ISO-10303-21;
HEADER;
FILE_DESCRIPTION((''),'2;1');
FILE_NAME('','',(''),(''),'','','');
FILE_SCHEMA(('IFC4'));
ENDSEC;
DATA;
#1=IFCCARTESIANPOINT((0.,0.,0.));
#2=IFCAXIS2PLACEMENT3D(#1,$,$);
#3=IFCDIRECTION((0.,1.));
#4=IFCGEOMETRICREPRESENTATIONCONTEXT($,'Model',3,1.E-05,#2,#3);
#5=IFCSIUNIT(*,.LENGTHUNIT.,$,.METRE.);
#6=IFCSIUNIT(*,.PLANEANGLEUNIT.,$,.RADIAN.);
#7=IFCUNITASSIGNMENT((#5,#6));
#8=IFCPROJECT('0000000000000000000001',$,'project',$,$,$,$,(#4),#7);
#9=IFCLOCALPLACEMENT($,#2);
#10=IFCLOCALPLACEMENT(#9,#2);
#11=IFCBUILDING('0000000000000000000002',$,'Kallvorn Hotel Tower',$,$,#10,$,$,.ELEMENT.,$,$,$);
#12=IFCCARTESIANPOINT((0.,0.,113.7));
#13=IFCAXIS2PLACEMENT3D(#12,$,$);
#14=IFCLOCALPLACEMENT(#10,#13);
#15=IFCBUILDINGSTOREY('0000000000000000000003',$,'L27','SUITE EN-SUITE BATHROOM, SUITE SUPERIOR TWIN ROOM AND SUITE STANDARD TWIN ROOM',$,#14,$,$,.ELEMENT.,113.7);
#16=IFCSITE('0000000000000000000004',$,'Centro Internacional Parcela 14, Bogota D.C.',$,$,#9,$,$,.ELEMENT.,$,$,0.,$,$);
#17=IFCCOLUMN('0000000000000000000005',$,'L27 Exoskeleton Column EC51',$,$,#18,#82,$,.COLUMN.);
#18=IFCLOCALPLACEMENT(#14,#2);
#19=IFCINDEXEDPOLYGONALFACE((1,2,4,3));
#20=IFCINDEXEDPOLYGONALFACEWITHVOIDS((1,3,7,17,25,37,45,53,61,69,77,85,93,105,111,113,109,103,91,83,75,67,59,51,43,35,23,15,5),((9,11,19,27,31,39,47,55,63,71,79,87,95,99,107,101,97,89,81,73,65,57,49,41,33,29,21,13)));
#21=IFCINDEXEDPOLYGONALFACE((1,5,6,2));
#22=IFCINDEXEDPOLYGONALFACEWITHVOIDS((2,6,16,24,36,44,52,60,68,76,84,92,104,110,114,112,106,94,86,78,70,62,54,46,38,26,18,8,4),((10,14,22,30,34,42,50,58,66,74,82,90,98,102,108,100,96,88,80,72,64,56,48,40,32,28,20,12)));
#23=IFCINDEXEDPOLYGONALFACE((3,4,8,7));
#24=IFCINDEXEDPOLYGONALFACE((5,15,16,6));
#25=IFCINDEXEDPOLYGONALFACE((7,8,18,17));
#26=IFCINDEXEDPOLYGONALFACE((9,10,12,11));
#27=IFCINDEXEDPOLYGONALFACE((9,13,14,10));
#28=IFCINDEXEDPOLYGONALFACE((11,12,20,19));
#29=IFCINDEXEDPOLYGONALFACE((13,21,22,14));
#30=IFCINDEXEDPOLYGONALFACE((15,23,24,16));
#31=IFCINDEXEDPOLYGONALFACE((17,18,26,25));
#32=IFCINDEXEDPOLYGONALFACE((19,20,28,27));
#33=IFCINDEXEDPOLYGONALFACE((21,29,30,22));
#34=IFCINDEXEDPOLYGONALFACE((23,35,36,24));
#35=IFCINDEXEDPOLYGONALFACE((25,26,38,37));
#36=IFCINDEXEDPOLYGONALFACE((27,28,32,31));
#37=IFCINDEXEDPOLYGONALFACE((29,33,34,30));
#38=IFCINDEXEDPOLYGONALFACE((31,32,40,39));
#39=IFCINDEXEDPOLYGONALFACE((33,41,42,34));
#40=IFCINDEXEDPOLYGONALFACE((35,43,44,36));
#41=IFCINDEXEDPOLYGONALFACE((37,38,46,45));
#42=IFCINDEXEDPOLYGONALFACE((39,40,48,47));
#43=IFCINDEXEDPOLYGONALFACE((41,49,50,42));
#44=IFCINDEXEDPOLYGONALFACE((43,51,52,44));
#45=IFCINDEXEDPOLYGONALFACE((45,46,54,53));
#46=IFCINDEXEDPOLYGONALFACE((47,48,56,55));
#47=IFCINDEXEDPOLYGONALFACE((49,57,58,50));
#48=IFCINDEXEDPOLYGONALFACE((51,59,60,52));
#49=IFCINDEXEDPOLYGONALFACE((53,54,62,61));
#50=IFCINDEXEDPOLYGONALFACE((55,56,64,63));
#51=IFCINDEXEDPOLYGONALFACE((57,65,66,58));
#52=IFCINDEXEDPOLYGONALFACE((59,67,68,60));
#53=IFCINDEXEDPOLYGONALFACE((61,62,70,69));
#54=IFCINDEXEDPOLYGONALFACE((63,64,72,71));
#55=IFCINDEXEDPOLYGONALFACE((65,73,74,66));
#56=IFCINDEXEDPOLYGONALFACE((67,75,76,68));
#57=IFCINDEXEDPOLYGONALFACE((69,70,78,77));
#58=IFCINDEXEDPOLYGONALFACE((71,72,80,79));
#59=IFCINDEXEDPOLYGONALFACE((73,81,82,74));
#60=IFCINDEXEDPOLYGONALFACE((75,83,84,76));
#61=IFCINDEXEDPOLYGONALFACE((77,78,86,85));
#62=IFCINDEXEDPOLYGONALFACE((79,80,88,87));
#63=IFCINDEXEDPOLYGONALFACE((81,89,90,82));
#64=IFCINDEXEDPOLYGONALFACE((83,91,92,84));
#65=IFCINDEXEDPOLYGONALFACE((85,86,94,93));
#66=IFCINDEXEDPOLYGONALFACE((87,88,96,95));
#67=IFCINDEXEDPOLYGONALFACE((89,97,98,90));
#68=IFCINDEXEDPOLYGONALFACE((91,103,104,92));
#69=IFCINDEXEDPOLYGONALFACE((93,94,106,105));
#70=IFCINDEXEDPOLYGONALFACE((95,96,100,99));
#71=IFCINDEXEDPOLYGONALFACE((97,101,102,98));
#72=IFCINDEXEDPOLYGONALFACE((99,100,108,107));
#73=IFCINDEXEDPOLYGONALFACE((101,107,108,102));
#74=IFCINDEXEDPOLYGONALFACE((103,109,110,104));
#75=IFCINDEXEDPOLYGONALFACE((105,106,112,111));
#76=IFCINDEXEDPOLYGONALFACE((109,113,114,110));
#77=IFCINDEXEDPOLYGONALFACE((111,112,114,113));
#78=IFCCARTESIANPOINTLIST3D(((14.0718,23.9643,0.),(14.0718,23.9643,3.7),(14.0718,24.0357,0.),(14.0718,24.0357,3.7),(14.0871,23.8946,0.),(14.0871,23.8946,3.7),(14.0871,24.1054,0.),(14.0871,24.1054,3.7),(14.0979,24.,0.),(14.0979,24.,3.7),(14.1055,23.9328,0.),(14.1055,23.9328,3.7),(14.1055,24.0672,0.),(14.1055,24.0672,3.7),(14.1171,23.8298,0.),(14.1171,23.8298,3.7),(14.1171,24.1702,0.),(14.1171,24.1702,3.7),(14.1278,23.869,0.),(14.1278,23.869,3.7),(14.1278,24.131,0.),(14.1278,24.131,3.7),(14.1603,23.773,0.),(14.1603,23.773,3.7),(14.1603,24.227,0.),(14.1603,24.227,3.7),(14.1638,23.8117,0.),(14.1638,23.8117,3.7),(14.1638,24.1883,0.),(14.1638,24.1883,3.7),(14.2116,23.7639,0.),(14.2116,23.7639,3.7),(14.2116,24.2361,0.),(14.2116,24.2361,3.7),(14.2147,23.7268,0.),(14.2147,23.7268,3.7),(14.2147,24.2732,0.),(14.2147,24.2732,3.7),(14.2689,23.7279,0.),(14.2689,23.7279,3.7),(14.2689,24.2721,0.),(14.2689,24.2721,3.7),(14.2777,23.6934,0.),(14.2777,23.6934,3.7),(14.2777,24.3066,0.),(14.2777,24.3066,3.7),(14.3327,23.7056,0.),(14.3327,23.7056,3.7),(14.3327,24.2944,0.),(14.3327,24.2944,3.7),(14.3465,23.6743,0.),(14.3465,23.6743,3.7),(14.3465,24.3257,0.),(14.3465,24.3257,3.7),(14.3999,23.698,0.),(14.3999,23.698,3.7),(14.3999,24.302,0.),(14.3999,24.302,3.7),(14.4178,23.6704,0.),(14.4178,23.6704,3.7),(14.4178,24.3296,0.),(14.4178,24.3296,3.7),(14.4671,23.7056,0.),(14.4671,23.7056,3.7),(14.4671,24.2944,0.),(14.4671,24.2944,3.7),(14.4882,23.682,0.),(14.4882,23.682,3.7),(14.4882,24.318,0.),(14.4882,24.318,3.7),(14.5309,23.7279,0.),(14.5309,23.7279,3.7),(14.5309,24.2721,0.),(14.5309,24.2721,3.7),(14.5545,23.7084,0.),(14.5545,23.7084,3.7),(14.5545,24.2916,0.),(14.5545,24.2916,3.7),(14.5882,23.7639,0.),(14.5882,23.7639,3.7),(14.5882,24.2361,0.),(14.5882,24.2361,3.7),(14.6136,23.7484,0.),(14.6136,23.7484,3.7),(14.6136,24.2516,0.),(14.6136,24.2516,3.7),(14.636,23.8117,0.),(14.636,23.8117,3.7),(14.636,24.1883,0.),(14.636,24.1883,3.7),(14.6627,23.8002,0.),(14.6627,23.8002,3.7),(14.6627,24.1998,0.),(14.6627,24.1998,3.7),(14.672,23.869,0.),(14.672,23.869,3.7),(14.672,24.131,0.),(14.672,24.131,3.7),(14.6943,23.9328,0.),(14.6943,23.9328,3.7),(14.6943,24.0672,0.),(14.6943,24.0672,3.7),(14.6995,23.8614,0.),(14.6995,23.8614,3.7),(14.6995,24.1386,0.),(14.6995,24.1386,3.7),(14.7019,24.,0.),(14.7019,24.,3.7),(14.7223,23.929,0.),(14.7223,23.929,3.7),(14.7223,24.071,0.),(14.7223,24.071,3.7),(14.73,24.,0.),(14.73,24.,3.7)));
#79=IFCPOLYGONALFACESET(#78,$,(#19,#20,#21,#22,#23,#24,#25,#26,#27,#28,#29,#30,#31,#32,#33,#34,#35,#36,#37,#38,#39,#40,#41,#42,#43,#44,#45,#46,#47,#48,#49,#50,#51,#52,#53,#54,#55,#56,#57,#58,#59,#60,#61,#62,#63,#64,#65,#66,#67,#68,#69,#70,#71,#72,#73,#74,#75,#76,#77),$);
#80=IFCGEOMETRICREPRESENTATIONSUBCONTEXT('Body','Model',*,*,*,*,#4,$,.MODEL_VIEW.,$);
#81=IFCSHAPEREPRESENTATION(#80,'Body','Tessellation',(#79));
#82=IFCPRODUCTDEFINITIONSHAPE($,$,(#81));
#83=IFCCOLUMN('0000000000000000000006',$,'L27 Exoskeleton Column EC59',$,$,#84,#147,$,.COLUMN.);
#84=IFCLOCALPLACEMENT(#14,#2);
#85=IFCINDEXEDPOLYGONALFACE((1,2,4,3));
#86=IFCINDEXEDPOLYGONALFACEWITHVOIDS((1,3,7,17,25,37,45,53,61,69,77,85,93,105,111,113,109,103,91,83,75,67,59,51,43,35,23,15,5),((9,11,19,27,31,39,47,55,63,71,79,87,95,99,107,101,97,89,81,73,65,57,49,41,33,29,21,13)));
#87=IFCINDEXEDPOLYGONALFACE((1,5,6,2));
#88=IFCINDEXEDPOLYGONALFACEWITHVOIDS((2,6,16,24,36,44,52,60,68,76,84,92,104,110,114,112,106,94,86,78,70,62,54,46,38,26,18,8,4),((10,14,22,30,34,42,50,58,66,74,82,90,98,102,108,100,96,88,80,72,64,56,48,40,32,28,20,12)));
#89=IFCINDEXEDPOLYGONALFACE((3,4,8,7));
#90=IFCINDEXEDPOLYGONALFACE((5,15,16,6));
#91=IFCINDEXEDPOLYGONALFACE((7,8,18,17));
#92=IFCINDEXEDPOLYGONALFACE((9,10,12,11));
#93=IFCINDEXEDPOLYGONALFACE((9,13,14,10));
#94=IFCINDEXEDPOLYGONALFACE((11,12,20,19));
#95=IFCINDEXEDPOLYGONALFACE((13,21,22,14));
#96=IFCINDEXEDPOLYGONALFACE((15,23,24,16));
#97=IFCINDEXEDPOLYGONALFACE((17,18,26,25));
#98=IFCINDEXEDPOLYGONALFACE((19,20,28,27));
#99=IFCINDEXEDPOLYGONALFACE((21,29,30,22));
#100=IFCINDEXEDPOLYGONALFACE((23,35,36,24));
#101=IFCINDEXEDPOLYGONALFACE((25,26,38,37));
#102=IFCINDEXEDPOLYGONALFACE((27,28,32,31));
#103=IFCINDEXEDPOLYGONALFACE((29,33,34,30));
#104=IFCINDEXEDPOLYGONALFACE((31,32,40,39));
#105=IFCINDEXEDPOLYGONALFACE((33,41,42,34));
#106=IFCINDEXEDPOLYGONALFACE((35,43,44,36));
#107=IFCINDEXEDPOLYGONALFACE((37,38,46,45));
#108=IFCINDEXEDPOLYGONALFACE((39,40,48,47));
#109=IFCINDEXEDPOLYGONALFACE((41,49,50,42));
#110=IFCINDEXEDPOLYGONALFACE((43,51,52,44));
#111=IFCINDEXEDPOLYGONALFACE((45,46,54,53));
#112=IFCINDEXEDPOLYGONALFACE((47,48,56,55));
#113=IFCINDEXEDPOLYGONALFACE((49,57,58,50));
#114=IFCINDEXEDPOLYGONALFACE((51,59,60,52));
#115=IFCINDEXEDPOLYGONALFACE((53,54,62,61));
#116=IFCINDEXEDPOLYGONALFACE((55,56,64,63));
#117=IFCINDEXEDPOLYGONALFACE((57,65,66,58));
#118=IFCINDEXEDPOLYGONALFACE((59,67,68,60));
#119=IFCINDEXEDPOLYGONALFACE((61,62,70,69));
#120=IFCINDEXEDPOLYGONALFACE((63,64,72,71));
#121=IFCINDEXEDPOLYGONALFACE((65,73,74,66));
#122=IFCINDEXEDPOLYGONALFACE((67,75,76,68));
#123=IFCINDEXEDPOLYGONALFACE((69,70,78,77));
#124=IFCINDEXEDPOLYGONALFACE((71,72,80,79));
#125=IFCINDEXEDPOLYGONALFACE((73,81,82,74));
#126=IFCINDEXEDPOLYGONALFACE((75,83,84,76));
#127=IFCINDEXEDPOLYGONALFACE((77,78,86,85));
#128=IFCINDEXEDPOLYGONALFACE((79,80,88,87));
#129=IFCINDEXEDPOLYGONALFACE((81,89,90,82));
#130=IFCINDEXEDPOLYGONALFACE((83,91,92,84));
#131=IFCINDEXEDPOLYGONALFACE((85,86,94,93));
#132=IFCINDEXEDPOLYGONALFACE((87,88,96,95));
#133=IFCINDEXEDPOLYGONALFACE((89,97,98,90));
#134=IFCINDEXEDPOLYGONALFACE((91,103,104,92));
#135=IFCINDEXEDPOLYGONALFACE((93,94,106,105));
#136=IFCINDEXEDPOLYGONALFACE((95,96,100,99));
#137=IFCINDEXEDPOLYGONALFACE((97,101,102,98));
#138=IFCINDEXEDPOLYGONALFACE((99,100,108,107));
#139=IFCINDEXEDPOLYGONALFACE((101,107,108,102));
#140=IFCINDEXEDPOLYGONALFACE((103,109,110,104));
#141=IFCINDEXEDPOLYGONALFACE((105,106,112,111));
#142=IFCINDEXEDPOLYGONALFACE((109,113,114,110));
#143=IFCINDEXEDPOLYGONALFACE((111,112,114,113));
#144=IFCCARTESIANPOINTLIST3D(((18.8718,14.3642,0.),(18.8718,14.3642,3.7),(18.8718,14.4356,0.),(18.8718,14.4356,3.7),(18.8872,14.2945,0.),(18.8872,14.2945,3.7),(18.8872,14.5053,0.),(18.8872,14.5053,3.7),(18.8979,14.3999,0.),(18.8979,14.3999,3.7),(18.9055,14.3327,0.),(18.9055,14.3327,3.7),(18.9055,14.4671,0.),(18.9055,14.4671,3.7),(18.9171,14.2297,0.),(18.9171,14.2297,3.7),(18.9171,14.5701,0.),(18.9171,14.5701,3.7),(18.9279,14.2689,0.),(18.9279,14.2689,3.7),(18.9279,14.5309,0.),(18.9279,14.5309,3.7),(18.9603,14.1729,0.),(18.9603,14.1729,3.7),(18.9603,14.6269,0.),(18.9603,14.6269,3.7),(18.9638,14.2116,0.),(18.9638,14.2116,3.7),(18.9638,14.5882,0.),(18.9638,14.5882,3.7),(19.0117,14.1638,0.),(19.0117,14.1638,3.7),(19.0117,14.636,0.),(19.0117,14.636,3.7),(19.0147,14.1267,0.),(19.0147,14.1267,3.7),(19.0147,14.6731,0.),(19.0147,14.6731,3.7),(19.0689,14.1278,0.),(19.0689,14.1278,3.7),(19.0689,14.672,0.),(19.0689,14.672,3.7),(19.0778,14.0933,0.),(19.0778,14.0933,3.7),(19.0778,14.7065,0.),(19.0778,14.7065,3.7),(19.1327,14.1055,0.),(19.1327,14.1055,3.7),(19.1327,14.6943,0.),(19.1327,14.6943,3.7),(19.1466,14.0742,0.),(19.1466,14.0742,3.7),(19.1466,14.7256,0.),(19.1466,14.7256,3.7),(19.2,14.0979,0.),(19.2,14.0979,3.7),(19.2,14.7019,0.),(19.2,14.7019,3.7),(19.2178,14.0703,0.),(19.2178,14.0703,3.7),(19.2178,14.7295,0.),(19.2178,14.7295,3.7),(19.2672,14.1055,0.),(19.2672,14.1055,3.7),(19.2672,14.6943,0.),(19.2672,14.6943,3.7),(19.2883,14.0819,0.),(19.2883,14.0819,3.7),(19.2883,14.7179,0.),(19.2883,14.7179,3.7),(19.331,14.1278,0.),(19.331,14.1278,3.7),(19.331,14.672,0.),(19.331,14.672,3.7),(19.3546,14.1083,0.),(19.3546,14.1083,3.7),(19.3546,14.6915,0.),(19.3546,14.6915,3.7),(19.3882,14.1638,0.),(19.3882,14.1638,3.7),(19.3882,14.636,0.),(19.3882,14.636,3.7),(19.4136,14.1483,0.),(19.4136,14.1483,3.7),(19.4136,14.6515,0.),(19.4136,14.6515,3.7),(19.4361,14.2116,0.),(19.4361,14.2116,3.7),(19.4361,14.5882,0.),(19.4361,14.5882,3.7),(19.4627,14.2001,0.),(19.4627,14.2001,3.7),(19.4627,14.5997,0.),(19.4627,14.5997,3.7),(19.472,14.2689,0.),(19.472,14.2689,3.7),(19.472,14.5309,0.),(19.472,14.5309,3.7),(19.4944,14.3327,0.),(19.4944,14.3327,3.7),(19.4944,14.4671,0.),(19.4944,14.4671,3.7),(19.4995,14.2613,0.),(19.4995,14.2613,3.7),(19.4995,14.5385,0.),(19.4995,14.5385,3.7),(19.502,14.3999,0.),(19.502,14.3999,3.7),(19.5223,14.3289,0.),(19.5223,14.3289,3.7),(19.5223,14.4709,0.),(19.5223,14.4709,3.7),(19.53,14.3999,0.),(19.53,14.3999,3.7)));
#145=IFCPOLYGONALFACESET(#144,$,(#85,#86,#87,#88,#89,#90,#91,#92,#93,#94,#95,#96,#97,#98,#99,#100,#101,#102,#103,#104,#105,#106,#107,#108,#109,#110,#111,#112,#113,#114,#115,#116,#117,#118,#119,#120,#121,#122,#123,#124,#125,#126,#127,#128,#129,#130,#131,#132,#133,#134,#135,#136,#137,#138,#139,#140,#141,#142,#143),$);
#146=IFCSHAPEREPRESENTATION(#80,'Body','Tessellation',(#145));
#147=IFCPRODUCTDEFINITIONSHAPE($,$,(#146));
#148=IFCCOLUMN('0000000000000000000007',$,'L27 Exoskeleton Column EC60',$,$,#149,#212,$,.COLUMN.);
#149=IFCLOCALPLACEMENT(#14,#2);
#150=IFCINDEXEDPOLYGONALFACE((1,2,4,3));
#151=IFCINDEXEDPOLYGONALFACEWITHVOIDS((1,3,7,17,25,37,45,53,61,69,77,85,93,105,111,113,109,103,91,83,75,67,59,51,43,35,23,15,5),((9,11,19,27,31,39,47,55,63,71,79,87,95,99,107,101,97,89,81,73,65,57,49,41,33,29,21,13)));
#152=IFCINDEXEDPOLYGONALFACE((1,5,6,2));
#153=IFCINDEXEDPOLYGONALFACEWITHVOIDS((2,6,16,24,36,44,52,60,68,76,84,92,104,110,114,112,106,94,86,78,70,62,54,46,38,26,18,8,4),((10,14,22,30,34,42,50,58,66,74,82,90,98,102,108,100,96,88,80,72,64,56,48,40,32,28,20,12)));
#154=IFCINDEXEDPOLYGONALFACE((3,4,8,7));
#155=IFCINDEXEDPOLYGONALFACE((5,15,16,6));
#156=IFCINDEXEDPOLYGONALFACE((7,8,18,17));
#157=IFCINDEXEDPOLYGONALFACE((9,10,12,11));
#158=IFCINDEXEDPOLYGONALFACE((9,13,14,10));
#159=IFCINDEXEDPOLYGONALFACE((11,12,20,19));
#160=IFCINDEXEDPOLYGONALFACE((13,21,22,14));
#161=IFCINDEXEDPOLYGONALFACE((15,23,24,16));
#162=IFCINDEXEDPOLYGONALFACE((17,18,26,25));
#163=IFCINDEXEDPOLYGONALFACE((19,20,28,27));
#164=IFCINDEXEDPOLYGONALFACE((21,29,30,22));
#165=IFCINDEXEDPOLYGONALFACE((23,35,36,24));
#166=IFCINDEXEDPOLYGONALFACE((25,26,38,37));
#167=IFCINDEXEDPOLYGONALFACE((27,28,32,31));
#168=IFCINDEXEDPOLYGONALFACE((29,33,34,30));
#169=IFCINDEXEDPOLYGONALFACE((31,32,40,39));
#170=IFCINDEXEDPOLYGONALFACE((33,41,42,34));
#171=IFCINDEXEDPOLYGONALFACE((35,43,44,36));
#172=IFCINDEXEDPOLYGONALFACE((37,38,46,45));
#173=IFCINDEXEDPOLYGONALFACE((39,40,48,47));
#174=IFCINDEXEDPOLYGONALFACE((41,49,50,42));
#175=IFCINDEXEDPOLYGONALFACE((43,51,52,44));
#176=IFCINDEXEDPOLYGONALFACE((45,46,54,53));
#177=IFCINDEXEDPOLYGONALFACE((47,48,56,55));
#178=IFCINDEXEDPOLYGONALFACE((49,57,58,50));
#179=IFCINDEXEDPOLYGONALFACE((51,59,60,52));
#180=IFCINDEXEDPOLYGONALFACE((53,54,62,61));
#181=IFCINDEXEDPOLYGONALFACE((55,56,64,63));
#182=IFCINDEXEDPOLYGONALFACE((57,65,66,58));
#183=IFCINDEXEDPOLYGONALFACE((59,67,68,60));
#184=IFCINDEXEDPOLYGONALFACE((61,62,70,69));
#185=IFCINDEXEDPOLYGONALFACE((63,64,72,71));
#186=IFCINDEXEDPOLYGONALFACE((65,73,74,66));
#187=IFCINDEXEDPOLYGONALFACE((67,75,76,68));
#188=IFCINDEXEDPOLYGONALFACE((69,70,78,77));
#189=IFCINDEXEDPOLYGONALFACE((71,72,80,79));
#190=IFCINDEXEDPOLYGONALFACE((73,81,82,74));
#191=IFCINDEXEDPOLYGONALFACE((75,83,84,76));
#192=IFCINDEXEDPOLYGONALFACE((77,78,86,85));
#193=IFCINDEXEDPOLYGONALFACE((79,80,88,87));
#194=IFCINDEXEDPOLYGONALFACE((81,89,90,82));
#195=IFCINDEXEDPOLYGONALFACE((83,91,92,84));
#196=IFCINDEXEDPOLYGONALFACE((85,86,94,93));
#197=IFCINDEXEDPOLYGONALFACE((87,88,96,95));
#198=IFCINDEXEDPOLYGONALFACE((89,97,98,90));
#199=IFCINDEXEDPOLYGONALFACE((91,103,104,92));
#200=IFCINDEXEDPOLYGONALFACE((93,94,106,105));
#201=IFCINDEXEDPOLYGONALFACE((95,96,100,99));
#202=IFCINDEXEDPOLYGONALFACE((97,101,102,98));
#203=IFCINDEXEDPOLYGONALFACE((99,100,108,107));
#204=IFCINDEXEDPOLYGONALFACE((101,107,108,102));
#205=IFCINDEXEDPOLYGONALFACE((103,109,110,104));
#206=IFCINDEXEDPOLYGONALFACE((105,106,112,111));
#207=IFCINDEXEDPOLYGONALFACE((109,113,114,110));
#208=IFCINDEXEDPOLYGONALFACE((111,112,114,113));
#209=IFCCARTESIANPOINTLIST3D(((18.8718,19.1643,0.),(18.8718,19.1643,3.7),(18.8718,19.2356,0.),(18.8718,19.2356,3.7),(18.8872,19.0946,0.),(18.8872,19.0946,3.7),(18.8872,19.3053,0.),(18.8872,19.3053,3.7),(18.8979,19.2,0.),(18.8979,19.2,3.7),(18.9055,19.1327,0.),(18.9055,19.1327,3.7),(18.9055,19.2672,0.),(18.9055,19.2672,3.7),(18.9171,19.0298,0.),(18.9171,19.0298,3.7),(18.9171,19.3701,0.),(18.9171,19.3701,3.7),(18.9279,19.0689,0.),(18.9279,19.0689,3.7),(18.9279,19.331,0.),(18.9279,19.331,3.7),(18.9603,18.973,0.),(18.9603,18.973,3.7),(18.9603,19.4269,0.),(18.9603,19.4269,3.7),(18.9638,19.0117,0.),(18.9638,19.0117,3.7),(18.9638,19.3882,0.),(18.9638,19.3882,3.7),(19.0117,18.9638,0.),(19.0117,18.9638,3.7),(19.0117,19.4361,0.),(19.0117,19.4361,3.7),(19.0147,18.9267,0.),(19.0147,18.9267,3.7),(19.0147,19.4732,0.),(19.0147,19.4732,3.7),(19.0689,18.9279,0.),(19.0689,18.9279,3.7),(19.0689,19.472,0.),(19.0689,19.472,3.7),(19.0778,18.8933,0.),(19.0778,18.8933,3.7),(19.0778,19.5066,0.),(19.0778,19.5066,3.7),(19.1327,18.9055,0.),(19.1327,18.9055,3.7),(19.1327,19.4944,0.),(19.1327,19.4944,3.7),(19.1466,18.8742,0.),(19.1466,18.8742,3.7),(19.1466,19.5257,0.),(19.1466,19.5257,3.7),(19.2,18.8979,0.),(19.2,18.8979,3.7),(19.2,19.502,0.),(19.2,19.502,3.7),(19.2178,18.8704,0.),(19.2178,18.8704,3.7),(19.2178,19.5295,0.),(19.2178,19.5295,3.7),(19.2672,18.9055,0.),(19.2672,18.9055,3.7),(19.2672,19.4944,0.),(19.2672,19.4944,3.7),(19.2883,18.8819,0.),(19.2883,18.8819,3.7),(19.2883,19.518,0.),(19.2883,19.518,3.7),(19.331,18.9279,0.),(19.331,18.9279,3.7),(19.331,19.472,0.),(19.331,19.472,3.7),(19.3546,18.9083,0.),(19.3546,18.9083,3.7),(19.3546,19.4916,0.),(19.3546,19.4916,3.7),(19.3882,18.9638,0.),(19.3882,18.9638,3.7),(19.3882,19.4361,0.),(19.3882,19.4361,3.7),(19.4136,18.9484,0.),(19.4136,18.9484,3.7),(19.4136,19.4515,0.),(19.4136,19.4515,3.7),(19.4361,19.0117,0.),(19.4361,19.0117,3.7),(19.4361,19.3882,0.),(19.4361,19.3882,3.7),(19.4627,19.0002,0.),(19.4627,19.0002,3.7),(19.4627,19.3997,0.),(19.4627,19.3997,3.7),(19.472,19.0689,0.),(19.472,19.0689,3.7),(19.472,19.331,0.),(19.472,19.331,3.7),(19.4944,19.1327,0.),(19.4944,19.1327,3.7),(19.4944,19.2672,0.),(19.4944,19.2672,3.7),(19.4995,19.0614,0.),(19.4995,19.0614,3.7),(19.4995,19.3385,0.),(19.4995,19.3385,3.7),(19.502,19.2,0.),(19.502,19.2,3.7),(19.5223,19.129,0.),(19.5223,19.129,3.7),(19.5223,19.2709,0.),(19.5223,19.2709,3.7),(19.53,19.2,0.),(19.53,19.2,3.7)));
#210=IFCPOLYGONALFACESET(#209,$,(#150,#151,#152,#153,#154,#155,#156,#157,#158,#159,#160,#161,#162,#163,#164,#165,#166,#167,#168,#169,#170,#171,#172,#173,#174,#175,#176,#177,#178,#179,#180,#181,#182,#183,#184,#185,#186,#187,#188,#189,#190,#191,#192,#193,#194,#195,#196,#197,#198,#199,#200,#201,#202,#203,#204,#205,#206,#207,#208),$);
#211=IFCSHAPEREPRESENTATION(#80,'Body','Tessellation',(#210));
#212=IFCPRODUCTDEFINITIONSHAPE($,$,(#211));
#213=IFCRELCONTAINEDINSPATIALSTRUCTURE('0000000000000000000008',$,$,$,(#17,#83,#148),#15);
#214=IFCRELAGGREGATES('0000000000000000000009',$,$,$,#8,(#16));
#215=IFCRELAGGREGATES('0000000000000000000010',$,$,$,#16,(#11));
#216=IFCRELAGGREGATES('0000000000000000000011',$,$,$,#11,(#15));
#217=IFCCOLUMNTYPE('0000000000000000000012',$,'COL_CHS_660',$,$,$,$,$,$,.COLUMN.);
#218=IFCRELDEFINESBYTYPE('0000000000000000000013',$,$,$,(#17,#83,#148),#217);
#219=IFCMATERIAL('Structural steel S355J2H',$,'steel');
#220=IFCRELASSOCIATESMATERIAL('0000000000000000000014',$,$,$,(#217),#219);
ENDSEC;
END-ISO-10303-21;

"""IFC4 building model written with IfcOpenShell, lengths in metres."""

from ifc_helpers import new_model, si_unit, direction, frame, origin, origin_2d, place, context, subcontext, project, spatial, hollow_circle, extrude, material, material_profile, profile_set, type_object, element, save


model = new_model("IFC4")

# Units and contexts
model_context = context("Model", 3, precision=1e-05, world=origin(), true_north=direction((0.0, 1.0)))
body_context = subcontext(model_context, "Body", "Model", "MODEL_VIEW")
ifc_project = project(units=[si_unit("LENGTHUNIT", "METRE"), si_unit("PLANEANGLEUNIT", "RADIAN")], contexts=[model_context])

# Site, building, storey
site_placement = place(None, origin())
site = spatial("IfcSite", under=ifc_project, at=site_placement, Name="Centro Internacional Parcela 14, Bogota D.C.", CompositionType="ELEMENT", RefElevation=0.0)
building_placement = place(site_placement, origin())
building = spatial("IfcBuilding", under=site, at=building_placement, Name="Kallvorn Hotel Tower", CompositionType="ELEMENT")
storey_placement = place(building_placement, frame((0.0, 0.0, 113.7)))
storey = spatial("IfcBuildingStorey", under=building, at=storey_placement, Name="L27", Description="SUITE EN-SUITE BATHROOM, SUITE SUPERIOR TWIN ROOM AND SUITE STANDARD TWIN ROOM", CompositionType="ELEMENT", Elevation=113.7)

# Columns
ifc_material_1 = material(Name="Structural steel S355J2H", Category="steel")
ifc_material_profile_1 = material_profile(ifc_material_1, hollow_circle(Radius=0.3301, WallThickness=0.0281, at=origin_2d()), Name="CHS 660x28")
ifc_profile_set_1 = profile_set([ifc_material_profile_1], Name="Structural steel S355J2H")
column_type_1 = type_object("IfcColumnType", Name="COL_CHS_660", PredefinedType="COLUMN", material=ifc_profile_set_1)
for number, where, z_axis, x_axis, name in (
    (1, (14.3999, 24.0, 0.0), (0.0, 0.0, 1.0), (1.0, 0.0, 0.0), "L27 Exoskeleton Column EC51"),
    (2, (19.2, 14.3999, 0.0), (0.0, 0.0, 1.0), (1.0, 0.0, 0.0), "L27 Exoskeleton Column EC59"),
    (3, (19.2, 19.2, 0.0), (0.0, 0.0, 1.0), (1.0, 0.0, 0.0), "L27 Exoskeleton Column EC60"),
):
    element("IfcColumn", number, at=place(storey_placement, frame(where, z_axis=z_axis, x_axis=x_axis)), inside=storey, type_object=column_type_1, Name=name, PredefinedType="COLUMN", context=body_context, shape_type="SweptSolid", body=[
        extrude(hollow_circle(Radius=0.3301, WallThickness=0.0281, at=origin_2d()), origin(), (0.0, 0.0, 1.0), 3.7),
    ])

save(model, "model.ifc")
